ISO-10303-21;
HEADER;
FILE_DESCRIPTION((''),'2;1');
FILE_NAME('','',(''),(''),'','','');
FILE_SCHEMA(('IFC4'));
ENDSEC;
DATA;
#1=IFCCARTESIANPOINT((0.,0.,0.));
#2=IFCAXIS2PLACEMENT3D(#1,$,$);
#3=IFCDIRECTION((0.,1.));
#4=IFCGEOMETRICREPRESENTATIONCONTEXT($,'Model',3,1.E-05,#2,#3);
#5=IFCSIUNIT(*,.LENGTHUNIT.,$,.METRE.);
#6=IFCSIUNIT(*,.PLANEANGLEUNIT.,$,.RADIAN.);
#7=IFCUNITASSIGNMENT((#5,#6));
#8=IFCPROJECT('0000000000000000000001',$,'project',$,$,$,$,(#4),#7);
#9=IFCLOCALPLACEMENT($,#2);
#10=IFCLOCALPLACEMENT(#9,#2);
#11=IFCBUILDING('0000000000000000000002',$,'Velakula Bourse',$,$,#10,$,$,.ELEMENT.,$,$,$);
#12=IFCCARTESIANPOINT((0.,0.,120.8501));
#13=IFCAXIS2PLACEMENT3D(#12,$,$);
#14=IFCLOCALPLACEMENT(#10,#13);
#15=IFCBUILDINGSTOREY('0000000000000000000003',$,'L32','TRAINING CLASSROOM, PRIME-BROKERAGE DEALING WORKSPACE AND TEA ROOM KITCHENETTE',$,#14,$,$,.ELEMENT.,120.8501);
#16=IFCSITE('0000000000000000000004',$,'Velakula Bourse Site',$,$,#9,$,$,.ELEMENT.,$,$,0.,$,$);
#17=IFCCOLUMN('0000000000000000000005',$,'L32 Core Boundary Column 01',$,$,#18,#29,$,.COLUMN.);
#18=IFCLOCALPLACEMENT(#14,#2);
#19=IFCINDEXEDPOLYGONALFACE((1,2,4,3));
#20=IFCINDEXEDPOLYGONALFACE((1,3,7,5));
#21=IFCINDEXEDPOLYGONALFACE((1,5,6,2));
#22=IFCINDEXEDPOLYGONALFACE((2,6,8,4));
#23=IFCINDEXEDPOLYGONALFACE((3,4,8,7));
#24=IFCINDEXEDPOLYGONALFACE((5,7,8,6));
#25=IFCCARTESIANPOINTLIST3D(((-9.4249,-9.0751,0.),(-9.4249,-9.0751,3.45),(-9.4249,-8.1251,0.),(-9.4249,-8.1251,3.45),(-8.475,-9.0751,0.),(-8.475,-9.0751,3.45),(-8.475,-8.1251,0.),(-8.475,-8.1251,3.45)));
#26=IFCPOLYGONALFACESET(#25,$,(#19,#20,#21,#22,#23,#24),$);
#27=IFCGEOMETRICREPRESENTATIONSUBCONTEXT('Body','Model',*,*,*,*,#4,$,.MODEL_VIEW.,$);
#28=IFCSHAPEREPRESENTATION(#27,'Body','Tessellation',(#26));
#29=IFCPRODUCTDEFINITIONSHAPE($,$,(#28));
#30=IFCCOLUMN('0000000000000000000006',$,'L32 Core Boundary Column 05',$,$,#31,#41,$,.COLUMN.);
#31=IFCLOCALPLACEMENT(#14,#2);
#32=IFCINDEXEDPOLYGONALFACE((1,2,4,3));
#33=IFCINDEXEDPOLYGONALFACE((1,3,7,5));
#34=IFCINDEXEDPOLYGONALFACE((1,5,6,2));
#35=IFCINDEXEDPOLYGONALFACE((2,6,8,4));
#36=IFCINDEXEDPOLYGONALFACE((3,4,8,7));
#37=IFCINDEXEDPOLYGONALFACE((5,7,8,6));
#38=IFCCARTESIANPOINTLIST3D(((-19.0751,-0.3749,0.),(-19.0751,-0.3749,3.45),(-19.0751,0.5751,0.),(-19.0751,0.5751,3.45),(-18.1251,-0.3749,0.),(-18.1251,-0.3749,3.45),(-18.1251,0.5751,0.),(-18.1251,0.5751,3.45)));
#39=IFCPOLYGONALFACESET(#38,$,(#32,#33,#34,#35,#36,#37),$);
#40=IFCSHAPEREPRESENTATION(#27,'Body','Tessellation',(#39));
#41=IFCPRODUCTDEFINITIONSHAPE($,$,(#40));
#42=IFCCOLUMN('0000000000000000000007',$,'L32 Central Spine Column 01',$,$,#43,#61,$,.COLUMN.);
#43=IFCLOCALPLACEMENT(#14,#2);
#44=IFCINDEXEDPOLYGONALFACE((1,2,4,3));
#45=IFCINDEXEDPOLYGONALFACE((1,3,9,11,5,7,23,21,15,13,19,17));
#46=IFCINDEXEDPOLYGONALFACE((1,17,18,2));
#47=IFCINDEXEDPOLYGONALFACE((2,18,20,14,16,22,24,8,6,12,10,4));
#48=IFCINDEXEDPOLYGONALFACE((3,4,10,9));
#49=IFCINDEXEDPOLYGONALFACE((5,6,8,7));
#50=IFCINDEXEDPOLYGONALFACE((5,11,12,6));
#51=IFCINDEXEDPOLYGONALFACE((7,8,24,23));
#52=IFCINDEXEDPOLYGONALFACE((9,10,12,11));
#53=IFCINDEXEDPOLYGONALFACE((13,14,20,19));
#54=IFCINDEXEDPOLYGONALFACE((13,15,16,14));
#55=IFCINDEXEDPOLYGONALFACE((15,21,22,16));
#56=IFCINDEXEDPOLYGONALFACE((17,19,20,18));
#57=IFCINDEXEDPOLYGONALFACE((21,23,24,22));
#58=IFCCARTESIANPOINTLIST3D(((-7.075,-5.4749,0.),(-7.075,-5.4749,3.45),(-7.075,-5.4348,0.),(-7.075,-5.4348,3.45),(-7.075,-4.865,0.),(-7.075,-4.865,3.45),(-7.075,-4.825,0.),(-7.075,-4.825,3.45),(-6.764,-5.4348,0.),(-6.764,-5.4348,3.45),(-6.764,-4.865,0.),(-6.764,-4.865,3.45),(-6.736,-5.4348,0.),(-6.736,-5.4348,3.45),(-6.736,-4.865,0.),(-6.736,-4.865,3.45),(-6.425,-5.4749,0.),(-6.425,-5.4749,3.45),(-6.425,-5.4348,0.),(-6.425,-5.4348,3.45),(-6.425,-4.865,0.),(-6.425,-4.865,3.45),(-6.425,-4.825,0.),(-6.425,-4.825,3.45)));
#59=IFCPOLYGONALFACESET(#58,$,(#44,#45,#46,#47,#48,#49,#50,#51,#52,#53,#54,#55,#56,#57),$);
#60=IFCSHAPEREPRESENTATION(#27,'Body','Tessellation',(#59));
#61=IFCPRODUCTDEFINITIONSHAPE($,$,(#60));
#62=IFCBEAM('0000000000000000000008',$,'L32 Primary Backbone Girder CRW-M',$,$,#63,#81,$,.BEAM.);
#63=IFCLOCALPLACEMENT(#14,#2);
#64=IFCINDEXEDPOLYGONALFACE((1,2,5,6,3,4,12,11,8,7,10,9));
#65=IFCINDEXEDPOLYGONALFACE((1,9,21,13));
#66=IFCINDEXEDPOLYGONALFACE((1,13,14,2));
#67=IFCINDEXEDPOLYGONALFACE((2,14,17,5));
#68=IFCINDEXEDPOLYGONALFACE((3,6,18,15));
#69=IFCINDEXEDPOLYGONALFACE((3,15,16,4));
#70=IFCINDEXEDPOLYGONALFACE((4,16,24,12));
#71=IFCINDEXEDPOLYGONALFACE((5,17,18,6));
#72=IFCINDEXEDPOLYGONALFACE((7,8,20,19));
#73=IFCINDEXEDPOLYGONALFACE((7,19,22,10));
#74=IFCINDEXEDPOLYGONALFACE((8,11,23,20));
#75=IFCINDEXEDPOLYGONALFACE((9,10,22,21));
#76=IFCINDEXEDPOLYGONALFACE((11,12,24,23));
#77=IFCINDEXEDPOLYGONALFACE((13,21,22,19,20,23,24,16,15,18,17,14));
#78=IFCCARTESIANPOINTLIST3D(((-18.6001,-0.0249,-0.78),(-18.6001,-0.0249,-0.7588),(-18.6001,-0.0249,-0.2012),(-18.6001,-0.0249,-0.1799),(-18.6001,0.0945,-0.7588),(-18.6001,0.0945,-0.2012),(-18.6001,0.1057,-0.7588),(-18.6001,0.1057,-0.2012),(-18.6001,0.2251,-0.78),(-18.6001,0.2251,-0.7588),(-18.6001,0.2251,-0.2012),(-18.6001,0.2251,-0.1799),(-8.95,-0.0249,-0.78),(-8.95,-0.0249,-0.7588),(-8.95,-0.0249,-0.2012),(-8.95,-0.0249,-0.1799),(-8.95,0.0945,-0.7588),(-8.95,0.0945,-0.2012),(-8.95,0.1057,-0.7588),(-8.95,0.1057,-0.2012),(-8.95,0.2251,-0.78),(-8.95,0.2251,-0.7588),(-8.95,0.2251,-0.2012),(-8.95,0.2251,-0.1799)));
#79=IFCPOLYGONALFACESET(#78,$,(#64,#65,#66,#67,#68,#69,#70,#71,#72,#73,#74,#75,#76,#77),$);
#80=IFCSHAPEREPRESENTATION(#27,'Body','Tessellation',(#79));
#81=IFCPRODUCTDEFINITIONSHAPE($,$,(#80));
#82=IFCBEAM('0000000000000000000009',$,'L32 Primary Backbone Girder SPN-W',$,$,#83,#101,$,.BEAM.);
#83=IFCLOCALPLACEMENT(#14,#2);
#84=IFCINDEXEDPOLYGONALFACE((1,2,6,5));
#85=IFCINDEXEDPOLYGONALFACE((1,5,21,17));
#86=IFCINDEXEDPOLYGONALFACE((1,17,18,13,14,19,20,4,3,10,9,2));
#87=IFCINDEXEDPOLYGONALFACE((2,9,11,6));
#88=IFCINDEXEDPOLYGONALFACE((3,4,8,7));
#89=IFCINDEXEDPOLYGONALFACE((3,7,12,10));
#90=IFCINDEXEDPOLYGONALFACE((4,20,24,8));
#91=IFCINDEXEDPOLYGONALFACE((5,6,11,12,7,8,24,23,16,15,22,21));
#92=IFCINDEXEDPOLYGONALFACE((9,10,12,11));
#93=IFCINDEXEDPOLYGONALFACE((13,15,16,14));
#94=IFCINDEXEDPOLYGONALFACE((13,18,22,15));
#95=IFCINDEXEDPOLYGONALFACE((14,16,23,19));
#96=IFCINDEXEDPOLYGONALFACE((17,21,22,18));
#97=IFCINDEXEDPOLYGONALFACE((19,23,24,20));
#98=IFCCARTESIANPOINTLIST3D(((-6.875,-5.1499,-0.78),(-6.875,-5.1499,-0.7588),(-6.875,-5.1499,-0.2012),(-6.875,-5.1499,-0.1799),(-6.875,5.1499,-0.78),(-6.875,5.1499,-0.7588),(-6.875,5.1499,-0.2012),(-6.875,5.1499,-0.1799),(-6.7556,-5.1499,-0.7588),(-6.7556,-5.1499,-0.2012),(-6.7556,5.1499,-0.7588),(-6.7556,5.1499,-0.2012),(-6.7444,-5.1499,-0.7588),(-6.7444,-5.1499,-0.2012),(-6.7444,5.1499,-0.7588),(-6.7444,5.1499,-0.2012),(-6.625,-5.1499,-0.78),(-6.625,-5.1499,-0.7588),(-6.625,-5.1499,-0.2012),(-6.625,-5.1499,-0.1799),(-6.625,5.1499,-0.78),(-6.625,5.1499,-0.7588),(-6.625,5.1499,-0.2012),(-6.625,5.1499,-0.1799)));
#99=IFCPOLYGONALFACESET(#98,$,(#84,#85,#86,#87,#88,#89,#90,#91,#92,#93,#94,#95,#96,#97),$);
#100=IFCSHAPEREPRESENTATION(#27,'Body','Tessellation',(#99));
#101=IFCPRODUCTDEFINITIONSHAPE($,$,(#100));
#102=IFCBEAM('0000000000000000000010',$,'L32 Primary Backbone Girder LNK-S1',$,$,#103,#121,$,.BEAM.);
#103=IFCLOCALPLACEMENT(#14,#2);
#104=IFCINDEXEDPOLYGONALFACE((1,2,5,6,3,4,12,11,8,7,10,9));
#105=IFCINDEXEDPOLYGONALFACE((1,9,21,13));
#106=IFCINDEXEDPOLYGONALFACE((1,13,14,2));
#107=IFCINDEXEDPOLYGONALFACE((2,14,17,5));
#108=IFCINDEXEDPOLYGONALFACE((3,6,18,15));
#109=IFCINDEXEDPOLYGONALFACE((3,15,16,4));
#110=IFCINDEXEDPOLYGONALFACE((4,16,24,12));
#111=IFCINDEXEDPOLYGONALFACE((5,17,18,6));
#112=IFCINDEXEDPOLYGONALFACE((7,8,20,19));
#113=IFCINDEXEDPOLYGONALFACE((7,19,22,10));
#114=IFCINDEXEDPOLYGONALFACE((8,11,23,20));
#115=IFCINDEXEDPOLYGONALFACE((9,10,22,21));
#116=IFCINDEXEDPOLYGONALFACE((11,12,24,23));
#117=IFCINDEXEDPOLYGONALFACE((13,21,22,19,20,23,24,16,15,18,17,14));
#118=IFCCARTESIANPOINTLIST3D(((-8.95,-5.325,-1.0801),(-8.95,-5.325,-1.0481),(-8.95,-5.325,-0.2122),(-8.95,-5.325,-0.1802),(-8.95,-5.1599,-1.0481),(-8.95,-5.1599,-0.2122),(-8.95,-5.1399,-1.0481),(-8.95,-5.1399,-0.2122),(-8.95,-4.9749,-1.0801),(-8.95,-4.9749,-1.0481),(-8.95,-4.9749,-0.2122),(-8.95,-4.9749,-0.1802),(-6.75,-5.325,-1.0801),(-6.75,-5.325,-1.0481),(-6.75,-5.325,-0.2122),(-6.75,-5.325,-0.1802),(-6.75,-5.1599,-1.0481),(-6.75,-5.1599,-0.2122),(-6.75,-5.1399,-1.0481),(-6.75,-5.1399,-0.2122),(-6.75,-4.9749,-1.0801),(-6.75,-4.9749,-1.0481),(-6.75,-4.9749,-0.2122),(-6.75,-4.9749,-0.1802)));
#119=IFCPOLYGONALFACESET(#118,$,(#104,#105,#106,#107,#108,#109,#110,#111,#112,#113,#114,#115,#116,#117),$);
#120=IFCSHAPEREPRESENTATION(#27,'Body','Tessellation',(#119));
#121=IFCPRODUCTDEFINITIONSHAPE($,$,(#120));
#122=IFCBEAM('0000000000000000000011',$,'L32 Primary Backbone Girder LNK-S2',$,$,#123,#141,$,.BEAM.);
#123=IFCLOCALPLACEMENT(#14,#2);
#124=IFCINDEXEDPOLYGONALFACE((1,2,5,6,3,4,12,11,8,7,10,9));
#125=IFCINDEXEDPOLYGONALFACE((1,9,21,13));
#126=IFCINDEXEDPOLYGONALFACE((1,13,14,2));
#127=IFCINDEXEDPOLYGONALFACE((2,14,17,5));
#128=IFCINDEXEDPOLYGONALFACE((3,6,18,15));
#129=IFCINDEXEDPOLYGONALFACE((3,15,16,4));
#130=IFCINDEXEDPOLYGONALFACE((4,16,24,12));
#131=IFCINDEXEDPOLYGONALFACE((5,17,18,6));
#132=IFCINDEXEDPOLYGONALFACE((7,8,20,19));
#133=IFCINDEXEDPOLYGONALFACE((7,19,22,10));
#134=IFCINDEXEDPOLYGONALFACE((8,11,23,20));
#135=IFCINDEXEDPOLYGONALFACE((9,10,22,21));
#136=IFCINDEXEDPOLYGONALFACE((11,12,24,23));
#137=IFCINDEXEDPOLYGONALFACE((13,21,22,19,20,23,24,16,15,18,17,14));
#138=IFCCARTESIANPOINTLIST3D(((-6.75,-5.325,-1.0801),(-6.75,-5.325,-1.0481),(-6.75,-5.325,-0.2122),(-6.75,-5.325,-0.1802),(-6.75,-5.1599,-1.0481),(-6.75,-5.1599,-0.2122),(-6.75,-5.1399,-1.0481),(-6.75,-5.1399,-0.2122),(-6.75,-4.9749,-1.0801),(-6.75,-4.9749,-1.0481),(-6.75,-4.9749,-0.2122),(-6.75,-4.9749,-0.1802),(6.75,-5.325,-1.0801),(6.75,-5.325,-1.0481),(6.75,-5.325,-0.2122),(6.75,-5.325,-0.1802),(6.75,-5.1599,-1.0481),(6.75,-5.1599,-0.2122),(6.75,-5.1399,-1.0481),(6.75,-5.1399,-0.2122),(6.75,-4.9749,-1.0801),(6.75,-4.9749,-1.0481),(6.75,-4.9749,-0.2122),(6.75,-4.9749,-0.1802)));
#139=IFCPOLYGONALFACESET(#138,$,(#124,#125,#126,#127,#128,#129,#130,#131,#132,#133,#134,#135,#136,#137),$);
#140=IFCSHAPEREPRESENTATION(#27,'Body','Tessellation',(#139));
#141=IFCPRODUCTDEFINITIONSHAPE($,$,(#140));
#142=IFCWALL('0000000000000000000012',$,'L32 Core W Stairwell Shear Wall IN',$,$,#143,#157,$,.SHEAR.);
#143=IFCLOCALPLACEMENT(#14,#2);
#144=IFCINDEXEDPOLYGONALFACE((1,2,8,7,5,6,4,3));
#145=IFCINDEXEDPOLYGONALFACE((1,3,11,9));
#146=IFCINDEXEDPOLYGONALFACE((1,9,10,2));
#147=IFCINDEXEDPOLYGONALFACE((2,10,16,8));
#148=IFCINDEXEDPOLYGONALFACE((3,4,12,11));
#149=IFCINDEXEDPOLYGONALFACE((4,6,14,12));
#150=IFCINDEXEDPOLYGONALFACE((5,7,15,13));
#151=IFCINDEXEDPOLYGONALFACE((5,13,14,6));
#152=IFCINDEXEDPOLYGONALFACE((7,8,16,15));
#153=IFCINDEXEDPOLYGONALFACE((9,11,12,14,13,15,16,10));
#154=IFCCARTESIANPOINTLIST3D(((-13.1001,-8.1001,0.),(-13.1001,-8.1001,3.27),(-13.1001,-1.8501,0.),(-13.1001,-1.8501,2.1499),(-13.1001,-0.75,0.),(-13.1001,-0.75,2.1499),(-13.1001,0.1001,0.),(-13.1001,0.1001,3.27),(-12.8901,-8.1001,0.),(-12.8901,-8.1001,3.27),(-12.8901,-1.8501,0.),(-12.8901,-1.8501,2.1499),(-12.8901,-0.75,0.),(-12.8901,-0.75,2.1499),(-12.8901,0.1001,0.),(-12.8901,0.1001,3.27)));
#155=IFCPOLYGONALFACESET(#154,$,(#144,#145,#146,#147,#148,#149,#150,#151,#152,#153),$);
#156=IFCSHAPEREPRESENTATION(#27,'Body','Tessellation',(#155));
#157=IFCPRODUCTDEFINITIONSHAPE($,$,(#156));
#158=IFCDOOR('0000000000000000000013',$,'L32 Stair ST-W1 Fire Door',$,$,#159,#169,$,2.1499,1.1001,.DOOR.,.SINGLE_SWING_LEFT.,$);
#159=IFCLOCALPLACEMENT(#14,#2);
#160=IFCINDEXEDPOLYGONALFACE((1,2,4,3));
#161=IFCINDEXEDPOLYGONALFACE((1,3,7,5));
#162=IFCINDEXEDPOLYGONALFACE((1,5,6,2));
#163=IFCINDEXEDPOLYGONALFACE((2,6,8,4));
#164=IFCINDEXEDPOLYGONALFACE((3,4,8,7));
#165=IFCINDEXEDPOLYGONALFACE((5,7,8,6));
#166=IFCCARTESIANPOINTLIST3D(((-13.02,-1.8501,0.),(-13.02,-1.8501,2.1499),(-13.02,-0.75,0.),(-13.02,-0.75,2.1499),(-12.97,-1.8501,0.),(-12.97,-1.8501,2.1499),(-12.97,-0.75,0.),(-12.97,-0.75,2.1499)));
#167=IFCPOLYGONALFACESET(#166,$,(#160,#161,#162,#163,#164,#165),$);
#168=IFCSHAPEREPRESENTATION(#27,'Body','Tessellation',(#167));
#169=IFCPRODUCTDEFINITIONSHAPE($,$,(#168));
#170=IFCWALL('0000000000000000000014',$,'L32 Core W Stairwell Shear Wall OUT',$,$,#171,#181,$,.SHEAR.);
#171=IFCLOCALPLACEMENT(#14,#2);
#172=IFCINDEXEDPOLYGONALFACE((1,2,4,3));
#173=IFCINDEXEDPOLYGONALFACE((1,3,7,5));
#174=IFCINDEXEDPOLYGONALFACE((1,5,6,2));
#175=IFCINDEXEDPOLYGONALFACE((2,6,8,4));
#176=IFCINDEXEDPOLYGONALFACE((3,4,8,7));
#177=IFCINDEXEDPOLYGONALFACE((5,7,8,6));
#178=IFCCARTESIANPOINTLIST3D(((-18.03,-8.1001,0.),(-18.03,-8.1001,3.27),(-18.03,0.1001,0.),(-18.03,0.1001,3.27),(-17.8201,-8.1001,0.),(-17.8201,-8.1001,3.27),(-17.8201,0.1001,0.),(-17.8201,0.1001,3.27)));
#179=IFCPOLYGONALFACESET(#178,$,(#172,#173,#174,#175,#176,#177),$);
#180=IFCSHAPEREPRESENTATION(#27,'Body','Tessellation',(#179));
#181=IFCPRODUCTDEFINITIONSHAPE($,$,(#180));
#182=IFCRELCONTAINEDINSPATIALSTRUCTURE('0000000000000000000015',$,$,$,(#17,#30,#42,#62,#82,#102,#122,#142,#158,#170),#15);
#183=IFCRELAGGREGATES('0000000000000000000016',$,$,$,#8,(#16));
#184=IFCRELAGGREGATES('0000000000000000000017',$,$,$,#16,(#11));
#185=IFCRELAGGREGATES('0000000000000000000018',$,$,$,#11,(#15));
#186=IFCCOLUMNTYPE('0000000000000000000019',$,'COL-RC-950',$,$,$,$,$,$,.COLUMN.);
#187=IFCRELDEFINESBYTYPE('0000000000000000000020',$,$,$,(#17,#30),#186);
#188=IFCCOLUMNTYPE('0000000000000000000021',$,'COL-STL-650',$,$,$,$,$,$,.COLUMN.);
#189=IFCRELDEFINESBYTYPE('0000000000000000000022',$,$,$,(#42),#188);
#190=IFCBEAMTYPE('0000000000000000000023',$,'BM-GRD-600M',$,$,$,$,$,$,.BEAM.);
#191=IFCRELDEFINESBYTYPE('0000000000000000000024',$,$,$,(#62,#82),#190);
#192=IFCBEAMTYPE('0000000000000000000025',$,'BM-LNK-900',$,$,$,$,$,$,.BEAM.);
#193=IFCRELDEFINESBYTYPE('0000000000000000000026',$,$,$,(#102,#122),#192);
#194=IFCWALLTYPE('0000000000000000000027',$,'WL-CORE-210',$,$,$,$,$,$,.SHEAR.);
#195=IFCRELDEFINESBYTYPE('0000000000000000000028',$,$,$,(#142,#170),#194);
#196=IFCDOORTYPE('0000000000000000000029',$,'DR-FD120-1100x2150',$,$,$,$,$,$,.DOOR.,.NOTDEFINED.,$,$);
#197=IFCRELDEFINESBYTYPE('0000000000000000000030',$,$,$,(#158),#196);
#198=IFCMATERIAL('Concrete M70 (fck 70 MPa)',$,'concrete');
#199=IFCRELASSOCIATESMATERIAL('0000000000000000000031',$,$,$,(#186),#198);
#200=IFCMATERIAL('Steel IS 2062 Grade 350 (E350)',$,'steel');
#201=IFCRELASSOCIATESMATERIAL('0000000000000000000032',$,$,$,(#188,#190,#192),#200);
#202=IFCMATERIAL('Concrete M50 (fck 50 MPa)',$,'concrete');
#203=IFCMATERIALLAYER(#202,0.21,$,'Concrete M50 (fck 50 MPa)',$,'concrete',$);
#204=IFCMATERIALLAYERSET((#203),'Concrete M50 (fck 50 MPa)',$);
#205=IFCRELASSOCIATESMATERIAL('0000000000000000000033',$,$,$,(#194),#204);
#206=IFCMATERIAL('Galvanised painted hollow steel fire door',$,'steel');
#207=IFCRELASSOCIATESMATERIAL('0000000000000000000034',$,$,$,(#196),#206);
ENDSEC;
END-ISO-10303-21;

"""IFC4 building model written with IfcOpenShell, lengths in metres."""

from ifc_helpers import new_model, si_unit, direction, frame, frame_2d, origin, origin_2d, place, context, subcontext, project, spatial, rectangle, i_section, extrude, material, layer, layer_set, material_profile, profile_set, type_object, element, fill, save


model = new_model("IFC4")

# Units and contexts
model_context = context("Model", 3, precision=1e-05, world=origin(), true_north=direction((0.0, 1.0)))
body_context = subcontext(model_context, "Body", "Model", "MODEL_VIEW")
ifc_project = project(units=[si_unit("LENGTHUNIT", "METRE"), si_unit("PLANEANGLEUNIT", "RADIAN")], contexts=[model_context])

# Site, building, storey
site_placement = place(None, origin())
site = spatial("IfcSite", under=ifc_project, at=site_placement, Name="Velakula Bourse Site", CompositionType="ELEMENT", RefElevation=0.0)
building_placement = place(site_placement, origin())
building = spatial("IfcBuilding", under=site, at=building_placement, Name="Velakula Bourse", CompositionType="ELEMENT")
storey_placement = place(building_placement, frame((0.0, 0.0, 120.8501)))
storey = spatial("IfcBuildingStorey", under=building, at=storey_placement, Name="L32", Description="TRAINING CLASSROOM, PRIME-BROKERAGE DEALING WORKSPACE AND TEA ROOM KITCHENETTE", CompositionType="ELEMENT", Elevation=120.8501)

# Columns
ifc_material_1 = material(Name="Concrete M70 (fck 70 MPa)", Category="concrete")
ifc_material_profile_1 = material_profile(ifc_material_1, rectangle(XDim=0.95, YDim=0.95, at=origin_2d()), Name="Concrete M70 (fck 70 MPa)")
ifc_profile_set_1 = profile_set([ifc_material_profile_1], Name="Concrete M70 (fck 70 MPa)")
column_type_1 = type_object("IfcColumnType", Name="COL-RC-950", PredefinedType="COLUMN", material=ifc_profile_set_1)
for number, where, z_axis, x_axis, name in (
    (1, (-8.95, -8.6001, 0.0), (0.0, 0.0, 1.0), (1.0, 0.0, 0.0), "L32 Core Boundary Column 01"),
    (2, (-18.6001, 0.1001, 0.0), (0.0, 0.0, 1.0), (1.0, 0.0, 0.0), "L32 Core Boundary Column 05"),
):
    element("IfcColumn", number, at=place(storey_placement, frame(where, z_axis=z_axis, x_axis=x_axis)), inside=storey, type_object=column_type_1, Name=name, PredefinedType="COLUMN", context=body_context, shape_type="SweptSolid", body=[
        extrude(rectangle(XDim=0.95, YDim=0.95, at=origin_2d()), origin(), (0.0, 0.0, 1.0), 3.45),
    ])
ifc_material_2 = material(Name="Steel IS 2062 Grade 350 (E350)", Category="steel")
ifc_material_profile_2 = material_profile(ifc_material_2, i_section(OverallWidth=0.6499, OverallDepth=0.6499, WebThickness=0.0281, FlangeThickness=0.04, at=origin_2d()), Name="Steel IS 2062 Grade 350 (E350)")
ifc_profile_set_2 = profile_set([ifc_material_profile_2], Name="Steel IS 2062 Grade 350 (E350)")
column_type_2 = type_object("IfcColumnType", Name="COL-STL-650", PredefinedType="COLUMN", material=ifc_profile_set_2)
column_placement = place(storey_placement, frame((-6.75, -5.1499, 0.0), z_axis=(0.0, 0.0, 1.0), x_axis=(1.0, 0.0, 0.0)))
element("IfcColumn", 3, at=column_placement, inside=storey, type_object=column_type_2, Name="L32 Central Spine Column 01", PredefinedType="COLUMN", context=body_context, shape_type="SweptSolid", body=[
    extrude(i_section(OverallWidth=0.6499, OverallDepth=0.6499, WebThickness=0.0281, FlangeThickness=0.04, at=origin_2d()), origin(), (0.0, 0.0, 1.0), 3.45),
])

# Beams
ifc_material_profile_3 = material_profile(ifc_material_2, i_section(OverallWidth=0.25, OverallDepth=0.6001, WebThickness=0.0112, FlangeThickness=0.0212, at=origin_2d()), Name="Steel IS 2062 Grade 350 (E350)")
ifc_profile_set_3 = profile_set([ifc_material_profile_3], Name="Steel IS 2062 Grade 350 (E350)")
beam_type_1 = type_object("IfcBeamType", Name="BM-GRD-600M", PredefinedType="BEAM", material=ifc_profile_set_3)
beam_1_placement = place(storey_placement, frame((-18.6001, 0.1001, -0.48), z_axis=(1.0, 0.0, 0.0), x_axis=(0.0, 1.0, 0.0)))
element("IfcBeam", 4, at=beam_1_placement, inside=storey, type_object=beam_type_1, Name="L32 Primary Backbone Girder CRW-M", PredefinedType="BEAM", context=body_context, shape_type="SweptSolid", body=[
    extrude(i_section(OverallWidth=0.25, OverallDepth=0.6001, WebThickness=0.0112, FlangeThickness=0.0212, at=origin_2d()), origin(), (0.0, 0.0, 1.0), 9.6501),
])
beam_2_placement = place(storey_placement, frame((-6.75, -5.1499, -0.48), z_axis=(0.0, 1.0, 0.0), x_axis=(-1.0, 0.0, 0.0)))
element("IfcBeam", 5, at=beam_2_placement, inside=storey, type_object=beam_type_1, Name="L32 Primary Backbone Girder SPN-W", PredefinedType="BEAM", context=body_context, shape_type="SweptSolid", body=[
    extrude(i_section(OverallWidth=0.25, OverallDepth=0.6001, WebThickness=0.0112, FlangeThickness=0.0212, at=origin_2d()), origin(), (0.0, 0.0, 1.0), 10.2998),
])
ifc_material_profile_4 = material_profile(ifc_material_2, i_section(OverallWidth=0.3501, OverallDepth=0.8999, WebThickness=0.02, FlangeThickness=0.032, at=origin_2d()), Name="Steel IS 2062 Grade 350 (E350)")
ifc_profile_set_4 = profile_set([ifc_material_profile_4], Name="Steel IS 2062 Grade 350 (E350)")
beam_type_2 = type_object("IfcBeamType", Name="BM-LNK-900", PredefinedType="BEAM", material=ifc_profile_set_4)
beam_3_placement = place(storey_placement, frame((-8.95, -5.1499, -0.6301), z_axis=(1.0, 0.0, 0.0), x_axis=(0.0, 1.0, 0.0)))
element("IfcBeam", 6, at=beam_3_placement, inside=storey, type_object=beam_type_2, Name="L32 Primary Backbone Girder LNK-S1", PredefinedType="BEAM", context=body_context, shape_type="SweptSolid", body=[
    extrude(i_section(OverallWidth=0.3501, OverallDepth=0.8999, WebThickness=0.02, FlangeThickness=0.032, at=origin_2d()), origin(), (0.0, 0.0, 1.0), 2.2),
])
beam_4_placement = place(storey_placement, frame((-6.75, -5.1499, -0.6301), z_axis=(1.0, 0.0, 0.0), x_axis=(0.0, 1.0, 0.0)))
element("IfcBeam", 7, at=beam_4_placement, inside=storey, type_object=beam_type_2, Name="L32 Primary Backbone Girder LNK-S2", PredefinedType="BEAM", context=body_context, shape_type="SweptSolid", body=[
    extrude(i_section(OverallWidth=0.3501, OverallDepth=0.8999, WebThickness=0.02, FlangeThickness=0.032, at=origin_2d()), origin(), (0.0, 0.0, 1.0), 13.5),
])

# Wall, opening, door
ifc_material_3 = material(Name="Concrete M50 (fck 50 MPa)", Category="concrete")
ifc_layer_1 = layer(ifc_material_3, 0.21, Name="Concrete M50 (fck 50 MPa)", Category="concrete")
ifc_layer_set_1 = layer_set([ifc_layer_1], Name="Concrete M50 (fck 50 MPa)")
wall_type_1 = type_object("IfcWallType", Name="WL-CORE-210", PredefinedType="SHEAR", material=ifc_layer_set_1)
wall_1_placement = place(storey_placement, frame((-12.9951, -8.1001, 0.0), z_axis=(0.0, 0.0, 1.0), x_axis=(0.0, 1.0, 0.0)))
wall_1 = element("IfcWall", 8, at=wall_1_placement, inside=storey, type_object=wall_type_1, Name="L32 Core W Stairwell Shear Wall IN", PredefinedType="SHEAR", context=body_context, shape_type="SweptSolid", body=[
    extrude(rectangle(XDim=8.2002, YDim=0.21, at=frame_2d((4.1001, 0.0))), origin(), (0.0, 0.0, 1.0), 3.27),
])
opening_1_placement = place(wall_1_placement, frame((6.25, 0.0, 0.0)))
opening_1 = element("IfcOpeningElement", 9, at=opening_1_placement, cuts=wall_1, PredefinedType="OPENING", context=body_context, shape_type="SweptSolid", body=[
    extrude(rectangle(XDim=1.1001, YDim=2.1499, at=frame_2d((0.55, 1.075))), frame((0.0, 0.115, 0.0), z_axis=(0.0, -1.0, 0.0), x_axis=(1.0, 0.0, 0.0)), (0.0, 0.0, 1.0), 0.23),
])
ifc_material_4 = material(Name="Galvanised painted hollow steel fire door", Category="steel")
door_type_1 = type_object("IfcDoorType", Name="DR-FD120-1100x2150", OperationType="NOTDEFINED", PredefinedType="DOOR", material=ifc_material_4)
door_1_placement = place(opening_1_placement, origin())
door_1 = element("IfcDoor", 10, at=door_1_placement, inside=storey, type_object=door_type_1, Name="L32 Stair ST-W1 Fire Door", OperationType="SINGLE_SWING_LEFT", OverallHeight=2.1499, OverallWidth=1.1001, PredefinedType="DOOR", context=body_context, shape_type="SweptSolid", body=[
    extrude(rectangle(XDim=1.1001, YDim=2.1499, at=frame_2d((0.55, 1.075))), frame((0.0, 0.0249, 0.0), z_axis=(0.0, -1.0, 0.0), x_axis=(1.0, 0.0, 0.0)), (0.0, 0.0, 1.0), 0.05),
])
fill(opening_1, door_1)

# Wall
wall_2_placement = place(storey_placement, frame((-17.925, -8.1001, 0.0), z_axis=(0.0, 0.0, 1.0), x_axis=(0.0, 1.0, 0.0)))
element("IfcWall", 11, at=wall_2_placement, inside=storey, type_object=wall_type_1, Name="L32 Core W Stairwell Shear Wall OUT", PredefinedType="SHEAR", context=body_context, shape_type="SweptSolid", body=[
    extrude(rectangle(XDim=8.2002, YDim=0.21, at=frame_2d((4.1001, 0.0))), origin(), (0.0, 0.0, 1.0), 3.27),
])

save(model, "model.ifc")
